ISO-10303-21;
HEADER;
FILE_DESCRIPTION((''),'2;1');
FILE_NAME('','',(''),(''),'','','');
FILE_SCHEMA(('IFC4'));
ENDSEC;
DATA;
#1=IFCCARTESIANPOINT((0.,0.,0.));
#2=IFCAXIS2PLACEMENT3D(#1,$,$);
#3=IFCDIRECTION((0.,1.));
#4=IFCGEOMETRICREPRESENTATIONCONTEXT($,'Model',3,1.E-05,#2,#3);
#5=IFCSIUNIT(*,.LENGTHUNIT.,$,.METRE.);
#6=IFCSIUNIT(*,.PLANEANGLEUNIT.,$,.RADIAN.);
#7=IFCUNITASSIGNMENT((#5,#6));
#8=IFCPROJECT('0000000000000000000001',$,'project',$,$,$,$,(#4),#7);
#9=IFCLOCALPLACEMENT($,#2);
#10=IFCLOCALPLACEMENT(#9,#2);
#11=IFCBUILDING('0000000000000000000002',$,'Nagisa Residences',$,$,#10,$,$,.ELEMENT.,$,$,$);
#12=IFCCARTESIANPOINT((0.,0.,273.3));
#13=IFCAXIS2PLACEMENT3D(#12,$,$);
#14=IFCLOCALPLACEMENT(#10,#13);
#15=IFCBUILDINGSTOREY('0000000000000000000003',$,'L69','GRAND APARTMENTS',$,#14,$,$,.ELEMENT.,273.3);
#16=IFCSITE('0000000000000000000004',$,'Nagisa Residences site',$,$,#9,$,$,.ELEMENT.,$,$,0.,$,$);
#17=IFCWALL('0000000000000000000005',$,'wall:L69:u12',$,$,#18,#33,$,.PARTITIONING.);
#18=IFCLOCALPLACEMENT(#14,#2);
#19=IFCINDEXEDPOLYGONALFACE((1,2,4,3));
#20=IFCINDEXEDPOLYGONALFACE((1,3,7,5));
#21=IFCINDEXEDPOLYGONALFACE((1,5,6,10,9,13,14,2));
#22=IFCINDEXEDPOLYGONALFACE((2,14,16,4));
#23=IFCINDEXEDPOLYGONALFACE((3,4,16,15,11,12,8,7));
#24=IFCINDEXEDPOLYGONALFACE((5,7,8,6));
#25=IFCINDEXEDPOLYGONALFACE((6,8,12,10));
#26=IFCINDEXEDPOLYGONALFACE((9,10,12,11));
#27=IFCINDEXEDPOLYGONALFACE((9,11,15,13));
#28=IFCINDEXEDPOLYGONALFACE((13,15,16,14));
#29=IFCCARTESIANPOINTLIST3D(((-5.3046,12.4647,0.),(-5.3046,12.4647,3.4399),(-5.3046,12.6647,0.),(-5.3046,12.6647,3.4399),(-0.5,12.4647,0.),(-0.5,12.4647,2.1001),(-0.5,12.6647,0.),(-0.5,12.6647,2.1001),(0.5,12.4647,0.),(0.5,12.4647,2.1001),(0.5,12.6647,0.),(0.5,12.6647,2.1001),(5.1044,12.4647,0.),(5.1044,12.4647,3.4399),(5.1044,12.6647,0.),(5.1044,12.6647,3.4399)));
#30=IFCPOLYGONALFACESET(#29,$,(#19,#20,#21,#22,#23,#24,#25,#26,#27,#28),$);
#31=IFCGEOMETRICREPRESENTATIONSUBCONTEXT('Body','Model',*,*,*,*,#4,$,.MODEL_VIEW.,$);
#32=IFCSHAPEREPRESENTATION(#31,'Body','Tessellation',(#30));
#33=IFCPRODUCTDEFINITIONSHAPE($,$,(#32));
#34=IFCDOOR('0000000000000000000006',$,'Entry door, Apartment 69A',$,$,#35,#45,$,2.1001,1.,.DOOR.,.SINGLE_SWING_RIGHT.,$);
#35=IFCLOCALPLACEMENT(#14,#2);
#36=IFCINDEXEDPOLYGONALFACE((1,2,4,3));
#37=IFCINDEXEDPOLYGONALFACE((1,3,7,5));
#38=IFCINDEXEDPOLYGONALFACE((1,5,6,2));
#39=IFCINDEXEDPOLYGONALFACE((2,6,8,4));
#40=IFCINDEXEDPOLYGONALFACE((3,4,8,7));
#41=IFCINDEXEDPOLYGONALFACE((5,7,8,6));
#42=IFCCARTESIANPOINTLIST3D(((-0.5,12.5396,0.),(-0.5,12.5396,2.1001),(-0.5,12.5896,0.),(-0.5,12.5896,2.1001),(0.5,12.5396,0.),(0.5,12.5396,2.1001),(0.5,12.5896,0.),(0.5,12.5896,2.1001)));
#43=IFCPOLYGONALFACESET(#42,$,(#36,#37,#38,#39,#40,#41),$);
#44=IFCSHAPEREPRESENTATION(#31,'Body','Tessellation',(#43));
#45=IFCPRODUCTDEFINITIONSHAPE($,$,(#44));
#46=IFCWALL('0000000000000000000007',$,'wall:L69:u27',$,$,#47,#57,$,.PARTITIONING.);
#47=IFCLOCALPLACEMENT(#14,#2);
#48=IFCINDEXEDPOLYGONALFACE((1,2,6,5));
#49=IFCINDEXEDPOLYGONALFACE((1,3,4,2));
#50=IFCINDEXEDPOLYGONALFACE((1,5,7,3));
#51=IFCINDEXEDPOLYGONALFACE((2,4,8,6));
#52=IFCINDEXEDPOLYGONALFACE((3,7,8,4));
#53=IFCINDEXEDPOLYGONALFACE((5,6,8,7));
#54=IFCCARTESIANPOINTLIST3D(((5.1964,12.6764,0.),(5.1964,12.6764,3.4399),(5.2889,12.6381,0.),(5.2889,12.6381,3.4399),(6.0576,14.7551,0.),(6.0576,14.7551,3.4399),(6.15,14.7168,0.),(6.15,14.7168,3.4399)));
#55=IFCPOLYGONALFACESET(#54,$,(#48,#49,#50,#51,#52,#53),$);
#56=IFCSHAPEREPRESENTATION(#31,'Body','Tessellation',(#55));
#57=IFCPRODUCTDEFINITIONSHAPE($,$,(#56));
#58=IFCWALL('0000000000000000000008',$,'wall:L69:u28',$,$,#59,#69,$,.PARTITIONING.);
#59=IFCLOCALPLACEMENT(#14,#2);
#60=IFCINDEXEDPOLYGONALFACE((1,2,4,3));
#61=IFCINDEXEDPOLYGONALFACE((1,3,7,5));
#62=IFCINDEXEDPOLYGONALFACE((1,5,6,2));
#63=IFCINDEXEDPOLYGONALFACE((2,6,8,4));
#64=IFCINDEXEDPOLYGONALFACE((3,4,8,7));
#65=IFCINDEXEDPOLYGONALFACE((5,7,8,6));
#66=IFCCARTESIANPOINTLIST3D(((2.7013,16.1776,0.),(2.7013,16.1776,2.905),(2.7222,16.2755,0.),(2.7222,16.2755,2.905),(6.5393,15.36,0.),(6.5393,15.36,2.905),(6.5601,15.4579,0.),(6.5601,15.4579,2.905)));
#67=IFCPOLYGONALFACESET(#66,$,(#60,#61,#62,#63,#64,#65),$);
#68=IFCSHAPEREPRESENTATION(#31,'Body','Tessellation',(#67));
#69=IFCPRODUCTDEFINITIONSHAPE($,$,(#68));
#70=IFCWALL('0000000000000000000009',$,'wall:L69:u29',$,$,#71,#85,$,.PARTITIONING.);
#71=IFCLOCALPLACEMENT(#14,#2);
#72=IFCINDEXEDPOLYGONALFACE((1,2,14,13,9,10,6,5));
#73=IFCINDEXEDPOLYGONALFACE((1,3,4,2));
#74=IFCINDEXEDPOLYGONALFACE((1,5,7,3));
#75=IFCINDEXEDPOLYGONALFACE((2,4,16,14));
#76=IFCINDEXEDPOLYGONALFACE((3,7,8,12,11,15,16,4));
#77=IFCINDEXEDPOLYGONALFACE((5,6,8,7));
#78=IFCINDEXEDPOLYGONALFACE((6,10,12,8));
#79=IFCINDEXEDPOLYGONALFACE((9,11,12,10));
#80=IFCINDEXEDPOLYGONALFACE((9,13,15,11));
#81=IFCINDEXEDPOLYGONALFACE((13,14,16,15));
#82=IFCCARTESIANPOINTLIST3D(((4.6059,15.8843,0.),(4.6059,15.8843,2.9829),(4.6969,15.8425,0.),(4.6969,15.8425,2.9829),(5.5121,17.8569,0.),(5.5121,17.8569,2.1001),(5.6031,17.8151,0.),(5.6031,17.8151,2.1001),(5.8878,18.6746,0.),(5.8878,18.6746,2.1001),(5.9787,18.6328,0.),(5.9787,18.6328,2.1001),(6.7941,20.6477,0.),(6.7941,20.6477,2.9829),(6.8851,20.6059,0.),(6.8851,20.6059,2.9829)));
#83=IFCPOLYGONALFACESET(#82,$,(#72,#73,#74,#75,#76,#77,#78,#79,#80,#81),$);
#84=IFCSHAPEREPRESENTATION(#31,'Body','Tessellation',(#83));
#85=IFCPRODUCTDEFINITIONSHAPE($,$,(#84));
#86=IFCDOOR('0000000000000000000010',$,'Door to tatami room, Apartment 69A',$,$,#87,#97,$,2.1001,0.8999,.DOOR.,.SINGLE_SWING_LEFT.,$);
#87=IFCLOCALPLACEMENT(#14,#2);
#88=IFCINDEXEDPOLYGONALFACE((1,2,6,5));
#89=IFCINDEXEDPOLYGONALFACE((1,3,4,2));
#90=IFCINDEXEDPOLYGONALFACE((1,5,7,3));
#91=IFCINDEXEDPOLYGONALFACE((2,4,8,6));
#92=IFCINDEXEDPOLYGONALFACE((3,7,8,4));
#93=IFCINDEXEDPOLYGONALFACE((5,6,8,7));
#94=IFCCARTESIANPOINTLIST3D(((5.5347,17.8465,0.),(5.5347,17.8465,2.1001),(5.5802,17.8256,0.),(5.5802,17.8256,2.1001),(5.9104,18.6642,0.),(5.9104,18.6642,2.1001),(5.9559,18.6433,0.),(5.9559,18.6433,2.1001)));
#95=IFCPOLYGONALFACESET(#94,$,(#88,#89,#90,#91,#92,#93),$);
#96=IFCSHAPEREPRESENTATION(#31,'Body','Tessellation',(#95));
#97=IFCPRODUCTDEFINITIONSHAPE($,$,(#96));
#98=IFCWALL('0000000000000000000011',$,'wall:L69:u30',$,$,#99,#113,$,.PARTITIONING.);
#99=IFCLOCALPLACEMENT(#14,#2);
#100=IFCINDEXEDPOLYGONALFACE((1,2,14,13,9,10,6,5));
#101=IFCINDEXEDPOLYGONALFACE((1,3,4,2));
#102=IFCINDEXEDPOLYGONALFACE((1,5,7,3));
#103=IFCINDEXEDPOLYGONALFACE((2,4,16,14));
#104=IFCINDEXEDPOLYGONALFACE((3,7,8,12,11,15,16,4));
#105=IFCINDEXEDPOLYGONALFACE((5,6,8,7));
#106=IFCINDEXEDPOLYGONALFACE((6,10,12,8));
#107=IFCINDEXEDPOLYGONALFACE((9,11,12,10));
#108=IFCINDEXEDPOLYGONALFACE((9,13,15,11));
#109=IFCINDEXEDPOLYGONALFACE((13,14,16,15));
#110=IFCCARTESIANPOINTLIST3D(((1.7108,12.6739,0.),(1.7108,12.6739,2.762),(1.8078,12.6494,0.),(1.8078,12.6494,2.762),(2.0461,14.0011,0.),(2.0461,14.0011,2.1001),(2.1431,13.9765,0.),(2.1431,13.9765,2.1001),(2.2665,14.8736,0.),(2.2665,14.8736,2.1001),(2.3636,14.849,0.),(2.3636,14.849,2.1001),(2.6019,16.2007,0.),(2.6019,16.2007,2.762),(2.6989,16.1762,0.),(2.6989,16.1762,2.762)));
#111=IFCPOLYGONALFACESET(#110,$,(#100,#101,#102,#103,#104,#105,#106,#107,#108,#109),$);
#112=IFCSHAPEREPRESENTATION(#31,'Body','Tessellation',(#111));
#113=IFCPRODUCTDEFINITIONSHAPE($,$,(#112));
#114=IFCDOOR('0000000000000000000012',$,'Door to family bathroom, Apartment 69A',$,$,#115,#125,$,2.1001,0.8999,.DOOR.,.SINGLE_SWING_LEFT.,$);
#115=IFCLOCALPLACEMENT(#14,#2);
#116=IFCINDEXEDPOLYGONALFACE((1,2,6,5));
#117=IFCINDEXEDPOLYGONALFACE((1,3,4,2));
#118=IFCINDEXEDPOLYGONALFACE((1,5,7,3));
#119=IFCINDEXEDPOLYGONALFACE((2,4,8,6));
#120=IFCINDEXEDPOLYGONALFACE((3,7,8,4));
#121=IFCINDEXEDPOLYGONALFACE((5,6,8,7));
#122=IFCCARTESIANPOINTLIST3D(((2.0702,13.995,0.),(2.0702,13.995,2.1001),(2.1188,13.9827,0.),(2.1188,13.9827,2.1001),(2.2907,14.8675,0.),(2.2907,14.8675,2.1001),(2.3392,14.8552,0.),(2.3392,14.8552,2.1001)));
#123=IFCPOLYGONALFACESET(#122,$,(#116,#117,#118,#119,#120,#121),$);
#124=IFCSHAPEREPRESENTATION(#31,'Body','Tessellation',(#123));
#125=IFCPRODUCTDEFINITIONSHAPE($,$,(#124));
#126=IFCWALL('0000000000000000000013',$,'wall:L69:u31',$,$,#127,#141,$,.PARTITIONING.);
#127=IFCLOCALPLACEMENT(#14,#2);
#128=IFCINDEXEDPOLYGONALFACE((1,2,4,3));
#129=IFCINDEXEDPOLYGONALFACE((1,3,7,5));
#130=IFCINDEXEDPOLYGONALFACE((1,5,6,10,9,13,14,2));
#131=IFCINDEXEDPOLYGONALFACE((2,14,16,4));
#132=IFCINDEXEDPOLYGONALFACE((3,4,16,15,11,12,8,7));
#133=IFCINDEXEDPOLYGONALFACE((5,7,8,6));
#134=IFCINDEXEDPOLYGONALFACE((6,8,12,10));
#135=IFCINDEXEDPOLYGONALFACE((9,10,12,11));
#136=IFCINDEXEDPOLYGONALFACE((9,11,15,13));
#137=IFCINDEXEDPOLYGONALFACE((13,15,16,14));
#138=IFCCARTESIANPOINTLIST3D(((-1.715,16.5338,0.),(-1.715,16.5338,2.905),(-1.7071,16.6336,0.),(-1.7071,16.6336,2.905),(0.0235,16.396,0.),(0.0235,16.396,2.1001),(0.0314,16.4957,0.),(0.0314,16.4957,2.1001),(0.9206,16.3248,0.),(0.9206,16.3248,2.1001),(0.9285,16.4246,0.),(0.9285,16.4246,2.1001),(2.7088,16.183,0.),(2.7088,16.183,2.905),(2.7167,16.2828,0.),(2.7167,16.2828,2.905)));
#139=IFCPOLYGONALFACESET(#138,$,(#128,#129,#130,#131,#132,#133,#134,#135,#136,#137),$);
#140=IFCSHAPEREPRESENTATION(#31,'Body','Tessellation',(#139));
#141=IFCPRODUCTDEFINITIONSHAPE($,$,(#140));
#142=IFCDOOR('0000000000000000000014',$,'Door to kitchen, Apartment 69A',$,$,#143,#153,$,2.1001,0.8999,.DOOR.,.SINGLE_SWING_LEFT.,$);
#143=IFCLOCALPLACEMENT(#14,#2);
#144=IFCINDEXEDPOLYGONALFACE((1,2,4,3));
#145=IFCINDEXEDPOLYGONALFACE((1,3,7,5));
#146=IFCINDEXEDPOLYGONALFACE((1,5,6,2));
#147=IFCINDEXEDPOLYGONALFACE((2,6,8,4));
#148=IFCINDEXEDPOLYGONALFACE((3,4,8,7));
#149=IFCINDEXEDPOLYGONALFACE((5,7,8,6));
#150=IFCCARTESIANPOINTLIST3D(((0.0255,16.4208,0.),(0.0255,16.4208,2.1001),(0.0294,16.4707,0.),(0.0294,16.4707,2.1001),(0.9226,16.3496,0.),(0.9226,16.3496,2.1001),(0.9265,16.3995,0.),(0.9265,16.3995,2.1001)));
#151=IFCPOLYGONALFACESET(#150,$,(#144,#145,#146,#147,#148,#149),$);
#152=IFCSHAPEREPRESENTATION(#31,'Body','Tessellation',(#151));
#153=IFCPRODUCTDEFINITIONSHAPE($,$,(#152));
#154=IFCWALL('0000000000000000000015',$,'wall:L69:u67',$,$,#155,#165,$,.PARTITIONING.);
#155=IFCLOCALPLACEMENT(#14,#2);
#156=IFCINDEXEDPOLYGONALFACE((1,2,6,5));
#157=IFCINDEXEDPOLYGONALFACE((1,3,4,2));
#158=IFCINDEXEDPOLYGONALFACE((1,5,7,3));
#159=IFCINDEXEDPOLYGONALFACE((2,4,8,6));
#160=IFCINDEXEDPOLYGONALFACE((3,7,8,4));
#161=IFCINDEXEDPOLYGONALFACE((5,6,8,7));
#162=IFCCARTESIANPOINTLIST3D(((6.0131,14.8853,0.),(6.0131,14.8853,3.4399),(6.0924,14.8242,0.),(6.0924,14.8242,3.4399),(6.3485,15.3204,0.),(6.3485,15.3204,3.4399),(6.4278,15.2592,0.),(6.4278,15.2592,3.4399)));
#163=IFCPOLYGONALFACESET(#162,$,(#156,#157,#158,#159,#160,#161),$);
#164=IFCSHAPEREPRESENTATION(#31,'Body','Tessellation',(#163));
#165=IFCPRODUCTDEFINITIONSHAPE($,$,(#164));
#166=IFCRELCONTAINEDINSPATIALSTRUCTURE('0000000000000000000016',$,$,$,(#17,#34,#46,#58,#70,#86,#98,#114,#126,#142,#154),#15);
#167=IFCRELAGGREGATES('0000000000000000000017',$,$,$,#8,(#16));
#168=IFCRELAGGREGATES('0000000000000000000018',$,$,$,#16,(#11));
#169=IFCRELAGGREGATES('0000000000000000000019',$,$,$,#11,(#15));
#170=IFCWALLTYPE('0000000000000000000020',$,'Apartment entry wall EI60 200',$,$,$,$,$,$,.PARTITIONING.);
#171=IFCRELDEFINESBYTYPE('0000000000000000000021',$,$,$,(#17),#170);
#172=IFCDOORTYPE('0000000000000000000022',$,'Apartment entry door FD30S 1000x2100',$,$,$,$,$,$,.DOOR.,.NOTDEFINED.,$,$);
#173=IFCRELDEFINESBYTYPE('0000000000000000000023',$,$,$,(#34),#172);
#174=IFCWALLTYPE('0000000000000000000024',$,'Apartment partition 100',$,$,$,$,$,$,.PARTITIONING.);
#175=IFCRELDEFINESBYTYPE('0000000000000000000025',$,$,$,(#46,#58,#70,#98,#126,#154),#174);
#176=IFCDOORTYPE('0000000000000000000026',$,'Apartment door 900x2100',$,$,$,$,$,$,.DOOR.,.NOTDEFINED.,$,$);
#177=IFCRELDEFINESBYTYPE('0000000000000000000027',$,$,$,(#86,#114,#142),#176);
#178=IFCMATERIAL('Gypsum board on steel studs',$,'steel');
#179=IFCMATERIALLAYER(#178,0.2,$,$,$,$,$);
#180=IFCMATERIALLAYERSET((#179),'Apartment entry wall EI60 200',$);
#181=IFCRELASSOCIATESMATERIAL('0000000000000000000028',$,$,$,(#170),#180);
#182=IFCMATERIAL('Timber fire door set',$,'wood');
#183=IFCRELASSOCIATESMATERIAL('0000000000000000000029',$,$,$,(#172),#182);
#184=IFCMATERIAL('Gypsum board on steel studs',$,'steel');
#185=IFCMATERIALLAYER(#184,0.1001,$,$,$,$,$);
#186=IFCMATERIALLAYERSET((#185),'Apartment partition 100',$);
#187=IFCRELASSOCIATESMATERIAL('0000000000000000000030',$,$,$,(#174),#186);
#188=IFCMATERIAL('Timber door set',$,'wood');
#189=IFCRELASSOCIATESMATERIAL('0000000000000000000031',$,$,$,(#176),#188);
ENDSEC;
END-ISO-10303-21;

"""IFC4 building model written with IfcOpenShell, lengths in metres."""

from ifc_helpers import new_model, si_unit, direction, frame, frame_2d, origin, place, context, subcontext, project, spatial, rectangle, extrude, material, layer, layer_set, type_object, element, fill, save


model = new_model("IFC4")

# Units and contexts
model_context = context("Model", 3, precision=1e-05, world=origin(), true_north=direction((0.0, 1.0)))
body_context = subcontext(model_context, "Body", "Model", "MODEL_VIEW")
ifc_project = project(units=[si_unit("LENGTHUNIT", "METRE"), si_unit("PLANEANGLEUNIT", "RADIAN")], contexts=[model_context])

# Site, building, storey
site_placement = place(None, origin())
site = spatial("IfcSite", under=ifc_project, at=site_placement, Name="Nagisa Residences site", CompositionType="ELEMENT", RefElevation=0.0)
building_placement = place(site_placement, origin())
building = spatial("IfcBuilding", under=site, at=building_placement, Name="Nagisa Residences", CompositionType="ELEMENT")
storey_placement = place(building_placement, frame((0.0, 0.0, 273.3)))
storey = spatial("IfcBuildingStorey", under=building, at=storey_placement, Name="L69", Description="GRAND APARTMENTS", CompositionType="ELEMENT", Elevation=273.3)

# Wall, opening, door
ifc_material_1 = material(Name="Gypsum board on steel studs", Category="steel")
ifc_layer_1 = layer(ifc_material_1, 0.2)
ifc_layer_set_1 = layer_set([ifc_layer_1], Name="Apartment entry wall EI60 200")
wall_type_1 = type_object("IfcWallType", Name="Apartment entry wall EI60 200", PredefinedType="PARTITIONING", material=ifc_layer_set_1)
wall_1_placement = place(storey_placement, frame((5.1045, 12.5647, 0.0), z_axis=(0.0, 0.0, 1.0), x_axis=(-1.0, 0.0, 0.0)))
wall_1 = element("IfcWall", 1, at=wall_1_placement, inside=storey, type_object=wall_type_1, Name="wall:L69:u12", PredefinedType="PARTITIONING", context=body_context, shape_type="SweptSolid", body=[
    extrude(rectangle(XDim=10.4089, YDim=0.2, at=frame_2d((5.2046, 0.0))), origin(), (0.0, 0.0, 1.0), 3.4399),
])
opening_1_placement = place(wall_1_placement, frame((4.6045, 0.0, 0.0)))
opening_1 = element("IfcOpeningElement", 2, at=opening_1_placement, cuts=wall_1, PredefinedType="OPENING", context=body_context, shape_type="SweptSolid", body=[
    extrude(rectangle(XDim=1.0, YDim=2.1001, at=frame_2d((0.5, 1.05))), frame((0.0, 0.1099, 0.0), z_axis=(0.0, -1.0, 0.0), x_axis=(1.0, 0.0, 0.0)), (0.0, 0.0, 1.0), 0.22),
])
ifc_material_2 = material(Name="Timber fire door set", Category="wood")
door_type_1 = type_object("IfcDoorType", Name="Apartment entry door FD30S 1000x2100", OperationType="NOTDEFINED", PredefinedType="DOOR", material=ifc_material_2)
door_1_placement = place(opening_1_placement, frame((1.0, 0.0, 0.0), x_axis=(-1.0, 0.0, 0.0)))
door_1 = element("IfcDoor", 3, at=door_1_placement, inside=storey, type_object=door_type_1, Name="Entry door, Apartment 69A", OperationType="SINGLE_SWING_RIGHT", OverallHeight=2.1001, OverallWidth=1.0, PredefinedType="DOOR", context=body_context, shape_type="SweptSolid", body=[
    extrude(rectangle(XDim=1.0, YDim=2.1001, at=frame_2d((0.5, 1.05))), frame((0.0, 0.0249, 0.0), z_axis=(0.0, -1.0, 0.0), x_axis=(1.0, 0.0, 0.0)), (0.0, 0.0, 1.0), 0.05),
])
fill(opening_1, door_1)

# Walls
ifc_material_3 = material(Name="Gypsum board on steel studs", Category="steel")
ifc_layer_2 = layer(ifc_material_3, 0.1001)
ifc_layer_set_2 = layer_set([ifc_layer_2], Name="Apartment partition 100")
wall_type_2 = type_object("IfcWallType", Name="Apartment partition 100", PredefinedType="PARTITIONING", material=ifc_layer_set_2)
wall_2_placement = place(storey_placement, frame((5.2427, 12.6572, 0.0), z_axis=(0.0, 0.0, 1.0), x_axis=(0.382719, 0.923865, 0.0)))
element("IfcWall", 4, at=wall_2_placement, inside=storey, type_object=wall_type_2, Name="wall:L69:u27", PredefinedType="PARTITIONING", context=body_context, shape_type="SweptSolid", body=[
    extrude(rectangle(XDim=2.25, YDim=0.1001, at=frame_2d((1.125, 0.0))), origin(), (0.0, 0.0, 1.0), 3.4399),
])
wall_3_placement = place(storey_placement, frame((6.5496, 15.4089, 0.0), z_axis=(0.0, 0.0, 1.0), x_axis=(-0.978051, 0.208365, 0.0)))
element("IfcWall", 5, at=wall_3_placement, inside=storey, type_object=wall_type_2, Name="wall:L69:u28", PredefinedType="PARTITIONING", context=body_context, shape_type="SweptSolid", body=[
    extrude(rectangle(XDim=3.9241, YDim=0.1001, at=frame_2d((1.9619, 0.0))), origin(), (0.0, 0.0, 1.0), 2.905),
])

# Walls, openings, doors
wall_4_placement = place(storey_placement, frame((4.6514, 15.8633, 0.0), z_axis=(0.0, 0.0, 1.0), x_axis=(0.417442, 0.908704, 0.0)))
wall_4 = element("IfcWall", 6, at=wall_4_placement, inside=storey, type_object=wall_type_2, Name="wall:L69:u29", PredefinedType="PARTITIONING", context=body_context, shape_type="SweptSolid", body=[
    extrude(rectangle(XDim=5.2419, YDim=0.1001, at=frame_2d((2.6211, 0.0))), origin(), (0.0, 0.0, 1.0), 2.9829),
])
opening_2_placement = place(wall_4_placement, frame((2.1709, 0.0, 0.0)))
opening_2 = element("IfcOpeningElement", 7, at=opening_2_placement, cuts=wall_4, PredefinedType="OPENING", context=body_context, shape_type="SweptSolid", body=[
    extrude(rectangle(XDim=0.8999, YDim=2.1001, at=frame_2d((0.45, 1.05))), frame((0.0, 0.0601, 0.0), z_axis=(0.0, -1.0, 0.0), x_axis=(1.0, 0.0, 0.0)), (0.0, 0.0, 1.0), 0.1201),
])
ifc_material_4 = material(Name="Timber door set", Category="wood")
door_type_2 = type_object("IfcDoorType", Name="Apartment door 900x2100", OperationType="NOTDEFINED", PredefinedType="DOOR", material=ifc_material_4)
door_2_placement = place(opening_2_placement, frame((0.8999, 0.0, 0.0), x_axis=(-1.0, 0.0, 0.0)))
door_2 = element("IfcDoor", 8, at=door_2_placement, inside=storey, type_object=door_type_2, Name="Door to tatami room, Apartment 69A", OperationType="SINGLE_SWING_LEFT", OverallHeight=2.1001, OverallWidth=0.8999, PredefinedType="DOOR", context=body_context, shape_type="SweptSolid", body=[
    extrude(rectangle(XDim=0.8999, YDim=2.1001, at=frame_2d((0.45, 1.05))), frame((0.0, 0.0249, 0.0), z_axis=(0.0, -1.0, 0.0), x_axis=(1.0, 0.0, 0.0)), (0.0, 0.0, 1.0), 0.05),
])
fill(opening_2, door_2)
wall_5_placement = place(storey_placement, frame((1.7593, 12.6616, 0.0), z_axis=(0.0, 0.0, 1.0), x_axis=(0.244967, 0.969531, 0.0)))
wall_5 = element("IfcWall", 9, at=wall_5_placement, inside=storey, type_object=wall_type_2, Name="wall:L69:u30", PredefinedType="PARTITIONING", context=body_context, shape_type="SweptSolid", body=[
    extrude(rectangle(XDim=3.6377, YDim=0.1001, at=frame_2d((1.8188, 0.0))), origin(), (0.0, 0.0, 1.0), 2.762),
])
opening_3_placement = place(wall_5_placement, frame((1.3689, 0.0, 0.0)))
opening_3 = element("IfcOpeningElement", 10, at=opening_3_placement, cuts=wall_5, PredefinedType="OPENING", context=body_context, shape_type="SweptSolid", body=[
    extrude(rectangle(XDim=0.8999, YDim=2.1001, at=frame_2d((0.45, 1.05))), frame((0.0, 0.0601, 0.0), z_axis=(0.0, -1.0, 0.0), x_axis=(1.0, 0.0, 0.0)), (0.0, 0.0, 1.0), 0.1201),
])
door_3_placement = place(opening_3_placement, frame((0.8999, 0.0, 0.0), x_axis=(-1.0, 0.0, 0.0)))
door_3 = element("IfcDoor", 11, at=door_3_placement, inside=storey, type_object=door_type_2, Name="Door to family bathroom, Apartment 69A", OperationType="SINGLE_SWING_LEFT", OverallHeight=2.1001, OverallWidth=0.8999, PredefinedType="DOOR", context=body_context, shape_type="SweptSolid", body=[
    extrude(rectangle(XDim=0.8999, YDim=2.1001, at=frame_2d((0.45, 1.05))), frame((0.0, 0.0249, 0.0), z_axis=(0.0, -1.0, 0.0), x_axis=(1.0, 0.0, 0.0)), (0.0, 0.0, 1.0), 0.05),
])
fill(opening_3, door_3)
wall_6_placement = place(storey_placement, frame((2.7126, 16.2329, 0.0), z_axis=(0.0, 0.0, 1.0), x_axis=(-0.99687, 0.079056, 0.0)))
wall_6 = element("IfcWall", 12, at=wall_6_placement, inside=storey, type_object=wall_type_2, Name="wall:L69:u31", PredefinedType="PARTITIONING", context=body_context, shape_type="SweptSolid", body=[
    extrude(rectangle(XDim=4.4377, YDim=0.1001, at=frame_2d((2.2188, 0.0))), origin(), (0.0, 0.0, 1.0), 2.905),
])
opening_4_placement = place(wall_6_placement, frame((1.7937, 0.0, 0.0)))
opening_4 = element("IfcOpeningElement", 13, at=opening_4_placement, cuts=wall_6, PredefinedType="OPENING", context=body_context, shape_type="SweptSolid", body=[
    extrude(rectangle(XDim=0.8999, YDim=2.1001, at=frame_2d((0.45, 1.05))), frame((0.0, 0.0601, 0.0), z_axis=(0.0, -1.0, 0.0), x_axis=(1.0, 0.0, 0.0)), (0.0, 0.0, 1.0), 0.1201),
])
door_4_placement = place(opening_4_placement, frame((0.8999, 0.0, 0.0), x_axis=(-1.0, 0.0, 0.0)))
door_4 = element("IfcDoor", 14, at=door_4_placement, inside=storey, type_object=door_type_2, Name="Door to kitchen, Apartment 69A", OperationType="SINGLE_SWING_LEFT", OverallHeight=2.1001, OverallWidth=0.8999, PredefinedType="DOOR", context=body_context, shape_type="SweptSolid", body=[
    extrude(rectangle(XDim=0.8999, YDim=2.1001, at=frame_2d((0.45, 1.05))), frame((0.0, 0.0249, 0.0), z_axis=(0.0, -1.0, 0.0), x_axis=(1.0, 0.0, 0.0)), (0.0, 0.0, 1.0), 0.05),
])
fill(opening_4, door_4)

# Wall
wall_7_placement = place(storey_placement, frame((6.3882, 15.2898, 0.0), z_axis=(0.0, 0.0, 1.0), x_axis=(-0.610612, -0.79193, 0.0)))
element("IfcWall", 15, at=wall_7_placement, inside=storey, type_object=wall_type_2, Name="wall:L69:u67", PredefinedType="PARTITIONING", context=body_context, shape_type="SweptSolid", body=[
    extrude(rectangle(XDim=0.5493, YDim=0.1001, at=frame_2d((0.2747, 0.0))), origin(), (0.0, 0.0, 1.0), 3.4399),
])

save(model, "model.ifc")
